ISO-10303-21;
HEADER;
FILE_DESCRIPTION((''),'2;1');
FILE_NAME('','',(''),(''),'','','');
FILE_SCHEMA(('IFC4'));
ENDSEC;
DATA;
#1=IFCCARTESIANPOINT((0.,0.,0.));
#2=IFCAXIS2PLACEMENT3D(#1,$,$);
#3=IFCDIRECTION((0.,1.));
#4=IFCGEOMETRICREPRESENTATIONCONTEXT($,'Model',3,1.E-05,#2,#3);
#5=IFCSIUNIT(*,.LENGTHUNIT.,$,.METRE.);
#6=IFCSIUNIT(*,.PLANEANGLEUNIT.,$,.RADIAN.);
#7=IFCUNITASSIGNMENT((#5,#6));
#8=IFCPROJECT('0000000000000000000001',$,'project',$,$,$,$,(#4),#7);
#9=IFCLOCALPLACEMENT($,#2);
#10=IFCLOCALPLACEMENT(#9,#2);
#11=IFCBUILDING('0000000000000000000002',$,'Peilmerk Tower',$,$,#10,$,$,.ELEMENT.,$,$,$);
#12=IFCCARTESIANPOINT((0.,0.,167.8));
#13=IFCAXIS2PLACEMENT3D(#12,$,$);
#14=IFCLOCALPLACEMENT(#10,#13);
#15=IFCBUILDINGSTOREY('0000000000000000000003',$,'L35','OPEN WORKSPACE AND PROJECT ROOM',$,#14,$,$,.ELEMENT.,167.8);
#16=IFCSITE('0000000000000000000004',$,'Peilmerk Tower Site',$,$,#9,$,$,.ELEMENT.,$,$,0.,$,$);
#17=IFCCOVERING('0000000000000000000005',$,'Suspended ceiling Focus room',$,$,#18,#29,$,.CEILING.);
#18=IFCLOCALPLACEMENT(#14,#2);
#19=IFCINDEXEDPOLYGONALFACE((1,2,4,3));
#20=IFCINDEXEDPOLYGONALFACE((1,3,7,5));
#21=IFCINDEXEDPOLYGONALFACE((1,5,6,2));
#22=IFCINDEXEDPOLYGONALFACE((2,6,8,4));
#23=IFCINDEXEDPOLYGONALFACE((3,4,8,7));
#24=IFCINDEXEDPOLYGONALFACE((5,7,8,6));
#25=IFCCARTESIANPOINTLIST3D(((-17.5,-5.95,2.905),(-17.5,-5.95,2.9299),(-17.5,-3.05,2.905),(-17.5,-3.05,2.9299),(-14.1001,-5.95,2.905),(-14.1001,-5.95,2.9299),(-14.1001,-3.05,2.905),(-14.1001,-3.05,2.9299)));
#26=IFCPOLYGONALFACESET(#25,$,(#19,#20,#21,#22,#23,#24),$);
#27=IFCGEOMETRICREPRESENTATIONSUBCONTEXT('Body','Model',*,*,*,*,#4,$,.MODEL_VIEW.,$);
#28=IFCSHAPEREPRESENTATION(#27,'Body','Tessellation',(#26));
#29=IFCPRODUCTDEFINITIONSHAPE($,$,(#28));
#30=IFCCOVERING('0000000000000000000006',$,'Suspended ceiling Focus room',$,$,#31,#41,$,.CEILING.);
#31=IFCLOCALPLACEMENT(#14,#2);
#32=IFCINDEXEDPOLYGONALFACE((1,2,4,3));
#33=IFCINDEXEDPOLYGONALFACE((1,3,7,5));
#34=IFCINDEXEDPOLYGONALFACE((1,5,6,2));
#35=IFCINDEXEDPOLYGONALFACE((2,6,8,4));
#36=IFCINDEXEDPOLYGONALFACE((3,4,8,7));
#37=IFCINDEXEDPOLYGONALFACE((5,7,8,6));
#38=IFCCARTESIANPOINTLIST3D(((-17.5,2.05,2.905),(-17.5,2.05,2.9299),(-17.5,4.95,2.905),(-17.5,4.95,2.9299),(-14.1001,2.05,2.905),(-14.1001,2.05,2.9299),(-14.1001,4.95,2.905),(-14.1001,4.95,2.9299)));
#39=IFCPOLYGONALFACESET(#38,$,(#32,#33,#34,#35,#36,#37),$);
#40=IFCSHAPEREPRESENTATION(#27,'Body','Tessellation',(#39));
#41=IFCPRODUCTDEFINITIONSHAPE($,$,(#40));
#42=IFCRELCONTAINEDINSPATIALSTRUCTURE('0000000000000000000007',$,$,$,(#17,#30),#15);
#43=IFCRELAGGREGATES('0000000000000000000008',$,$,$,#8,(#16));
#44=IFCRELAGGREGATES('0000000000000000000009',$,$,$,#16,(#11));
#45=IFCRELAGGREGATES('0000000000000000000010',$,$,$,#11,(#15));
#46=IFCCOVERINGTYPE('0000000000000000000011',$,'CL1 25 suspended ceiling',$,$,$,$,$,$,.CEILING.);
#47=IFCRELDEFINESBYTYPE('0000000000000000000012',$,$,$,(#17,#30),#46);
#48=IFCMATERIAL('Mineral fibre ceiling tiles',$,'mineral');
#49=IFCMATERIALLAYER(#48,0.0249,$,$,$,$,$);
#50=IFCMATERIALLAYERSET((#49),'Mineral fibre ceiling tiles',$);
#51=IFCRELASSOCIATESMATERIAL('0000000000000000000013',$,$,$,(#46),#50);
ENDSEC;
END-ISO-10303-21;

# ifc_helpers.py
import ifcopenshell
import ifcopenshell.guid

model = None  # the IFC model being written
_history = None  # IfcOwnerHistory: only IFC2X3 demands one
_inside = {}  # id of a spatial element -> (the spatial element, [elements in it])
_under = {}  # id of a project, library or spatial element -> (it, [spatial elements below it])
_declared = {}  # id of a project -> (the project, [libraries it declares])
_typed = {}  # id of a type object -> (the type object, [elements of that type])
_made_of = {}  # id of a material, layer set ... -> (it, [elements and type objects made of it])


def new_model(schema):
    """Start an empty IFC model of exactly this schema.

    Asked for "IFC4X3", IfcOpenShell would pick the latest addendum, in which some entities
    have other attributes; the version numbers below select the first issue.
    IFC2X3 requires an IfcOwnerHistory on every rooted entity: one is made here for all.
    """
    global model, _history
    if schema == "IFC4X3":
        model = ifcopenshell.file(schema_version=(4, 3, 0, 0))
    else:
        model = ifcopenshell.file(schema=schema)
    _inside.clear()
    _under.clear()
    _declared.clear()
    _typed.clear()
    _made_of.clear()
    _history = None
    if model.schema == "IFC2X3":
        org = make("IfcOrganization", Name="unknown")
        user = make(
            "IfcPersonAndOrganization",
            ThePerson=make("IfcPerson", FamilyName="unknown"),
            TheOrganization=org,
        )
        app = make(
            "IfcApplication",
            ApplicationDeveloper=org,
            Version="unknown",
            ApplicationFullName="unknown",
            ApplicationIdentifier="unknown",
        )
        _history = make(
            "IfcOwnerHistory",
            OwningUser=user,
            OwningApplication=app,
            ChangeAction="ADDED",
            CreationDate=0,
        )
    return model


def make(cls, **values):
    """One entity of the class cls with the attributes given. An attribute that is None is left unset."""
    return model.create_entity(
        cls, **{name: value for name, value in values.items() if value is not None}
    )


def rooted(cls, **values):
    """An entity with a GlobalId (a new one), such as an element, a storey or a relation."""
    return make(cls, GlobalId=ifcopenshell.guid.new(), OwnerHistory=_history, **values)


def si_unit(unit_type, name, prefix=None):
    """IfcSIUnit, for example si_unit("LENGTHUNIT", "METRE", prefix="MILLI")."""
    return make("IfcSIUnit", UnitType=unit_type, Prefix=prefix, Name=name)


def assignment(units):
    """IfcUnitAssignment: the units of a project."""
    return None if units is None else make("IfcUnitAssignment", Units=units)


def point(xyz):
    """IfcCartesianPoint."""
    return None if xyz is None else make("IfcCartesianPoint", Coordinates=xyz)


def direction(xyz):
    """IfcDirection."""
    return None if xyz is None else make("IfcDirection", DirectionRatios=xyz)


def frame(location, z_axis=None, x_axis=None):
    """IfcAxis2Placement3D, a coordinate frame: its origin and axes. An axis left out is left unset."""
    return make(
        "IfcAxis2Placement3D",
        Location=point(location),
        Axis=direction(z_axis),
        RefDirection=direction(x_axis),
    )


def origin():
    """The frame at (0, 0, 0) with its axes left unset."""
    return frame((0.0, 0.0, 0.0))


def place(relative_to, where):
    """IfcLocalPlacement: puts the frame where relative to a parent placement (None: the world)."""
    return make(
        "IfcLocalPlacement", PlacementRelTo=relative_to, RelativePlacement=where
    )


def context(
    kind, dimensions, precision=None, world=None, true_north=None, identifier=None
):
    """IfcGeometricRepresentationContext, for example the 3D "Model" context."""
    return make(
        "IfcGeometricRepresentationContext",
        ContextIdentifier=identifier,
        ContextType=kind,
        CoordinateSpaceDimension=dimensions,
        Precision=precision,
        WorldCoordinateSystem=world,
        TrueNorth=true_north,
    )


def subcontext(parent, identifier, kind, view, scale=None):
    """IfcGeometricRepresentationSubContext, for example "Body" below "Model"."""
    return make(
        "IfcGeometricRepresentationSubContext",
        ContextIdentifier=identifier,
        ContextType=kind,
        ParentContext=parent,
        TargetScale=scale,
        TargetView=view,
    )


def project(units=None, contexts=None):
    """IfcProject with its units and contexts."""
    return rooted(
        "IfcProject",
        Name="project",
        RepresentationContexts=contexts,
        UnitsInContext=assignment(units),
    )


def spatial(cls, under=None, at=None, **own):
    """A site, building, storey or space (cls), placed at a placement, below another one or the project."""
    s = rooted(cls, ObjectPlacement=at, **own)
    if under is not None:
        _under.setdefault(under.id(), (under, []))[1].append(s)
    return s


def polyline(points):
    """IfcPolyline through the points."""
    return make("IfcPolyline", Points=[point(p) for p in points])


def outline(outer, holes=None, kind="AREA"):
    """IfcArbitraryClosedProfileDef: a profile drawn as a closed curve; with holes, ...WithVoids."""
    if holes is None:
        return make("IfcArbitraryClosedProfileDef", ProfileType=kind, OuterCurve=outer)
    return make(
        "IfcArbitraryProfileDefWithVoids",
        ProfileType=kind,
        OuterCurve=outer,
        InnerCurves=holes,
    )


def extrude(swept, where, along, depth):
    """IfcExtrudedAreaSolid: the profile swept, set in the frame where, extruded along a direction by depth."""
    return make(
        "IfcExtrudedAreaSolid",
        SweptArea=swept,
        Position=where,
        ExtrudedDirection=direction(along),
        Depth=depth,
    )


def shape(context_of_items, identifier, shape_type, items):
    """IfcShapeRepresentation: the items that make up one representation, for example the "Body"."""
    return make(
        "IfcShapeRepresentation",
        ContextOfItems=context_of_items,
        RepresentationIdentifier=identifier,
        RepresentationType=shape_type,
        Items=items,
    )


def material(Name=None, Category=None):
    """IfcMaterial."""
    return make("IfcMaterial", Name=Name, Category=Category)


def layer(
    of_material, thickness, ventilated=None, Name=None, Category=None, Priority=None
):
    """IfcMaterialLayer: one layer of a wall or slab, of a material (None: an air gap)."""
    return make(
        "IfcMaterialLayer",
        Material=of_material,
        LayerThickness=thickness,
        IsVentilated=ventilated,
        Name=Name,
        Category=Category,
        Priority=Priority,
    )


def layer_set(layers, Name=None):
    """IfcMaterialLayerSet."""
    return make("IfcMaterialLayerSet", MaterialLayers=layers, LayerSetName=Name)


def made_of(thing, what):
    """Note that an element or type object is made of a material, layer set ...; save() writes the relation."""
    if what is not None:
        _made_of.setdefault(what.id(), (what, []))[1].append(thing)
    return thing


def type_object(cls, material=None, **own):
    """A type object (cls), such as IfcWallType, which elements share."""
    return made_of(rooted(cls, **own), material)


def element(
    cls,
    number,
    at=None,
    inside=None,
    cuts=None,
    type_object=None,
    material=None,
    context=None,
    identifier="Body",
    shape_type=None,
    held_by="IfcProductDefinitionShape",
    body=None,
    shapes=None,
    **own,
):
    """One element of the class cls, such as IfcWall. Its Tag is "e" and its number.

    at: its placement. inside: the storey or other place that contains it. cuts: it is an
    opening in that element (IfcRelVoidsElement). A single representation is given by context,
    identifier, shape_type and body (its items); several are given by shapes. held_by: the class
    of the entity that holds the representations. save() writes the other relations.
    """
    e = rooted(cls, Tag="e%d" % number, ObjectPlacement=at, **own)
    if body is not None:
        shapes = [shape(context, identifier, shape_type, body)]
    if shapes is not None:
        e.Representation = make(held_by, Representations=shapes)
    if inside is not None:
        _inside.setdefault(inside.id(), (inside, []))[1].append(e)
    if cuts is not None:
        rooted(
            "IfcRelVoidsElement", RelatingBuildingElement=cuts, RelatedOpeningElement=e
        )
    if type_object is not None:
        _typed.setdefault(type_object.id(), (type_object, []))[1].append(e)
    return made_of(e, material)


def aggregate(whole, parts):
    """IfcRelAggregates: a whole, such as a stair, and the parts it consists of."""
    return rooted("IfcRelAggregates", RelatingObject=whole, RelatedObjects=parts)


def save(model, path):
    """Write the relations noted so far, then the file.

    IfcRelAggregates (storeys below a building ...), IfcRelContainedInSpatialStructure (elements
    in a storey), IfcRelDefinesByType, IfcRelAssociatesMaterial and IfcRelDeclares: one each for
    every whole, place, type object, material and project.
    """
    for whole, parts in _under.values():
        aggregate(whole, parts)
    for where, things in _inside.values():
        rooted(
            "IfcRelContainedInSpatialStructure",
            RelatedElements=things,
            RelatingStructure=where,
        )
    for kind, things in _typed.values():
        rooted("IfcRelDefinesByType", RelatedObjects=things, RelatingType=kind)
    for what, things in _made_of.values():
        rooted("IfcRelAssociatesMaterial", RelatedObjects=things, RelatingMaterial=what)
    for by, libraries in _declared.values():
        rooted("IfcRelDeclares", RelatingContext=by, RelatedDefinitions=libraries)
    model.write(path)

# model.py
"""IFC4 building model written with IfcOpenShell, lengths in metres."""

from ifc_helpers import new_model, si_unit, direction, frame, origin, place, context, subcontext, project, spatial, polyline, outline, extrude, material, layer, layer_set, type_object, element, save


model = new_model("IFC4")

# Units and contexts
model_context = context("Model", 3, precision=1e-05, world=origin(), true_north=direction((0.0, 1.0)))
body_context = subcontext(model_context, "Body", "Model", "MODEL_VIEW")
ifc_project = project(units=[si_unit("LENGTHUNIT", "METRE"), si_unit("PLANEANGLEUNIT", "RADIAN")], contexts=[model_context])

# Site, building, storey
site_placement = place(None, origin())
site = spatial("IfcSite", under=ifc_project, at=site_placement, Name="Peilmerk Tower Site", CompositionType="ELEMENT", RefElevation=0.0)
building_placement = place(site_placement, origin())
building = spatial("IfcBuilding", under=site, at=building_placement, Name="Peilmerk Tower", CompositionType="ELEMENT")
storey_placement = place(building_placement, frame((0.0, 0.0, 167.8)))
storey = spatial("IfcBuildingStorey", under=building, at=storey_placement, Name="L35", Description="OPEN WORKSPACE AND PROJECT ROOM", CompositionType="ELEMENT", Elevation=167.8)

# Coverings
ifc_material_1 = material(Name="Mineral fibre ceiling tiles", Category="mineral")
ifc_layer_1 = layer(ifc_material_1, 0.0249)
ifc_layer_set_1 = layer_set([ifc_layer_1], Name="Mineral fibre ceiling tiles")
covering_type = type_object("IfcCoveringType", Name="CL1 25 suspended ceiling", PredefinedType="CEILING", material=ifc_layer_set_1)
covering_1_placement = place(storey_placement, frame((0.0, 0.0, 2.905)))
element("IfcCovering", 1, at=covering_1_placement, inside=storey, type_object=covering_type, Name="Suspended ceiling Focus room", PredefinedType="CEILING", context=body_context, shape_type="SweptSolid", body=[
    extrude(outline(polyline([(-14.1001, -5.95), (-14.1001, -3.05), (-17.5, -3.05), (-17.5, -5.95), (-14.1001, -5.95)])), origin(), (0.0, 0.0, 1.0), 0.0249),
])
covering_2_placement = place(storey_placement, frame((0.0, 0.0, 2.905)))
element("IfcCovering", 2, at=covering_2_placement, inside=storey, type_object=covering_type, Name="Suspended ceiling Focus room", PredefinedType="CEILING", context=body_context, shape_type="SweptSolid", body=[
    extrude(outline(polyline([(-14.1001, 2.05), (-14.1001, 4.95), (-17.5, 4.95), (-17.5, 2.05), (-14.1001, 2.05)])), origin(), (0.0, 0.0, 1.0), 0.0249),
])

save(model, "model.ifc")
